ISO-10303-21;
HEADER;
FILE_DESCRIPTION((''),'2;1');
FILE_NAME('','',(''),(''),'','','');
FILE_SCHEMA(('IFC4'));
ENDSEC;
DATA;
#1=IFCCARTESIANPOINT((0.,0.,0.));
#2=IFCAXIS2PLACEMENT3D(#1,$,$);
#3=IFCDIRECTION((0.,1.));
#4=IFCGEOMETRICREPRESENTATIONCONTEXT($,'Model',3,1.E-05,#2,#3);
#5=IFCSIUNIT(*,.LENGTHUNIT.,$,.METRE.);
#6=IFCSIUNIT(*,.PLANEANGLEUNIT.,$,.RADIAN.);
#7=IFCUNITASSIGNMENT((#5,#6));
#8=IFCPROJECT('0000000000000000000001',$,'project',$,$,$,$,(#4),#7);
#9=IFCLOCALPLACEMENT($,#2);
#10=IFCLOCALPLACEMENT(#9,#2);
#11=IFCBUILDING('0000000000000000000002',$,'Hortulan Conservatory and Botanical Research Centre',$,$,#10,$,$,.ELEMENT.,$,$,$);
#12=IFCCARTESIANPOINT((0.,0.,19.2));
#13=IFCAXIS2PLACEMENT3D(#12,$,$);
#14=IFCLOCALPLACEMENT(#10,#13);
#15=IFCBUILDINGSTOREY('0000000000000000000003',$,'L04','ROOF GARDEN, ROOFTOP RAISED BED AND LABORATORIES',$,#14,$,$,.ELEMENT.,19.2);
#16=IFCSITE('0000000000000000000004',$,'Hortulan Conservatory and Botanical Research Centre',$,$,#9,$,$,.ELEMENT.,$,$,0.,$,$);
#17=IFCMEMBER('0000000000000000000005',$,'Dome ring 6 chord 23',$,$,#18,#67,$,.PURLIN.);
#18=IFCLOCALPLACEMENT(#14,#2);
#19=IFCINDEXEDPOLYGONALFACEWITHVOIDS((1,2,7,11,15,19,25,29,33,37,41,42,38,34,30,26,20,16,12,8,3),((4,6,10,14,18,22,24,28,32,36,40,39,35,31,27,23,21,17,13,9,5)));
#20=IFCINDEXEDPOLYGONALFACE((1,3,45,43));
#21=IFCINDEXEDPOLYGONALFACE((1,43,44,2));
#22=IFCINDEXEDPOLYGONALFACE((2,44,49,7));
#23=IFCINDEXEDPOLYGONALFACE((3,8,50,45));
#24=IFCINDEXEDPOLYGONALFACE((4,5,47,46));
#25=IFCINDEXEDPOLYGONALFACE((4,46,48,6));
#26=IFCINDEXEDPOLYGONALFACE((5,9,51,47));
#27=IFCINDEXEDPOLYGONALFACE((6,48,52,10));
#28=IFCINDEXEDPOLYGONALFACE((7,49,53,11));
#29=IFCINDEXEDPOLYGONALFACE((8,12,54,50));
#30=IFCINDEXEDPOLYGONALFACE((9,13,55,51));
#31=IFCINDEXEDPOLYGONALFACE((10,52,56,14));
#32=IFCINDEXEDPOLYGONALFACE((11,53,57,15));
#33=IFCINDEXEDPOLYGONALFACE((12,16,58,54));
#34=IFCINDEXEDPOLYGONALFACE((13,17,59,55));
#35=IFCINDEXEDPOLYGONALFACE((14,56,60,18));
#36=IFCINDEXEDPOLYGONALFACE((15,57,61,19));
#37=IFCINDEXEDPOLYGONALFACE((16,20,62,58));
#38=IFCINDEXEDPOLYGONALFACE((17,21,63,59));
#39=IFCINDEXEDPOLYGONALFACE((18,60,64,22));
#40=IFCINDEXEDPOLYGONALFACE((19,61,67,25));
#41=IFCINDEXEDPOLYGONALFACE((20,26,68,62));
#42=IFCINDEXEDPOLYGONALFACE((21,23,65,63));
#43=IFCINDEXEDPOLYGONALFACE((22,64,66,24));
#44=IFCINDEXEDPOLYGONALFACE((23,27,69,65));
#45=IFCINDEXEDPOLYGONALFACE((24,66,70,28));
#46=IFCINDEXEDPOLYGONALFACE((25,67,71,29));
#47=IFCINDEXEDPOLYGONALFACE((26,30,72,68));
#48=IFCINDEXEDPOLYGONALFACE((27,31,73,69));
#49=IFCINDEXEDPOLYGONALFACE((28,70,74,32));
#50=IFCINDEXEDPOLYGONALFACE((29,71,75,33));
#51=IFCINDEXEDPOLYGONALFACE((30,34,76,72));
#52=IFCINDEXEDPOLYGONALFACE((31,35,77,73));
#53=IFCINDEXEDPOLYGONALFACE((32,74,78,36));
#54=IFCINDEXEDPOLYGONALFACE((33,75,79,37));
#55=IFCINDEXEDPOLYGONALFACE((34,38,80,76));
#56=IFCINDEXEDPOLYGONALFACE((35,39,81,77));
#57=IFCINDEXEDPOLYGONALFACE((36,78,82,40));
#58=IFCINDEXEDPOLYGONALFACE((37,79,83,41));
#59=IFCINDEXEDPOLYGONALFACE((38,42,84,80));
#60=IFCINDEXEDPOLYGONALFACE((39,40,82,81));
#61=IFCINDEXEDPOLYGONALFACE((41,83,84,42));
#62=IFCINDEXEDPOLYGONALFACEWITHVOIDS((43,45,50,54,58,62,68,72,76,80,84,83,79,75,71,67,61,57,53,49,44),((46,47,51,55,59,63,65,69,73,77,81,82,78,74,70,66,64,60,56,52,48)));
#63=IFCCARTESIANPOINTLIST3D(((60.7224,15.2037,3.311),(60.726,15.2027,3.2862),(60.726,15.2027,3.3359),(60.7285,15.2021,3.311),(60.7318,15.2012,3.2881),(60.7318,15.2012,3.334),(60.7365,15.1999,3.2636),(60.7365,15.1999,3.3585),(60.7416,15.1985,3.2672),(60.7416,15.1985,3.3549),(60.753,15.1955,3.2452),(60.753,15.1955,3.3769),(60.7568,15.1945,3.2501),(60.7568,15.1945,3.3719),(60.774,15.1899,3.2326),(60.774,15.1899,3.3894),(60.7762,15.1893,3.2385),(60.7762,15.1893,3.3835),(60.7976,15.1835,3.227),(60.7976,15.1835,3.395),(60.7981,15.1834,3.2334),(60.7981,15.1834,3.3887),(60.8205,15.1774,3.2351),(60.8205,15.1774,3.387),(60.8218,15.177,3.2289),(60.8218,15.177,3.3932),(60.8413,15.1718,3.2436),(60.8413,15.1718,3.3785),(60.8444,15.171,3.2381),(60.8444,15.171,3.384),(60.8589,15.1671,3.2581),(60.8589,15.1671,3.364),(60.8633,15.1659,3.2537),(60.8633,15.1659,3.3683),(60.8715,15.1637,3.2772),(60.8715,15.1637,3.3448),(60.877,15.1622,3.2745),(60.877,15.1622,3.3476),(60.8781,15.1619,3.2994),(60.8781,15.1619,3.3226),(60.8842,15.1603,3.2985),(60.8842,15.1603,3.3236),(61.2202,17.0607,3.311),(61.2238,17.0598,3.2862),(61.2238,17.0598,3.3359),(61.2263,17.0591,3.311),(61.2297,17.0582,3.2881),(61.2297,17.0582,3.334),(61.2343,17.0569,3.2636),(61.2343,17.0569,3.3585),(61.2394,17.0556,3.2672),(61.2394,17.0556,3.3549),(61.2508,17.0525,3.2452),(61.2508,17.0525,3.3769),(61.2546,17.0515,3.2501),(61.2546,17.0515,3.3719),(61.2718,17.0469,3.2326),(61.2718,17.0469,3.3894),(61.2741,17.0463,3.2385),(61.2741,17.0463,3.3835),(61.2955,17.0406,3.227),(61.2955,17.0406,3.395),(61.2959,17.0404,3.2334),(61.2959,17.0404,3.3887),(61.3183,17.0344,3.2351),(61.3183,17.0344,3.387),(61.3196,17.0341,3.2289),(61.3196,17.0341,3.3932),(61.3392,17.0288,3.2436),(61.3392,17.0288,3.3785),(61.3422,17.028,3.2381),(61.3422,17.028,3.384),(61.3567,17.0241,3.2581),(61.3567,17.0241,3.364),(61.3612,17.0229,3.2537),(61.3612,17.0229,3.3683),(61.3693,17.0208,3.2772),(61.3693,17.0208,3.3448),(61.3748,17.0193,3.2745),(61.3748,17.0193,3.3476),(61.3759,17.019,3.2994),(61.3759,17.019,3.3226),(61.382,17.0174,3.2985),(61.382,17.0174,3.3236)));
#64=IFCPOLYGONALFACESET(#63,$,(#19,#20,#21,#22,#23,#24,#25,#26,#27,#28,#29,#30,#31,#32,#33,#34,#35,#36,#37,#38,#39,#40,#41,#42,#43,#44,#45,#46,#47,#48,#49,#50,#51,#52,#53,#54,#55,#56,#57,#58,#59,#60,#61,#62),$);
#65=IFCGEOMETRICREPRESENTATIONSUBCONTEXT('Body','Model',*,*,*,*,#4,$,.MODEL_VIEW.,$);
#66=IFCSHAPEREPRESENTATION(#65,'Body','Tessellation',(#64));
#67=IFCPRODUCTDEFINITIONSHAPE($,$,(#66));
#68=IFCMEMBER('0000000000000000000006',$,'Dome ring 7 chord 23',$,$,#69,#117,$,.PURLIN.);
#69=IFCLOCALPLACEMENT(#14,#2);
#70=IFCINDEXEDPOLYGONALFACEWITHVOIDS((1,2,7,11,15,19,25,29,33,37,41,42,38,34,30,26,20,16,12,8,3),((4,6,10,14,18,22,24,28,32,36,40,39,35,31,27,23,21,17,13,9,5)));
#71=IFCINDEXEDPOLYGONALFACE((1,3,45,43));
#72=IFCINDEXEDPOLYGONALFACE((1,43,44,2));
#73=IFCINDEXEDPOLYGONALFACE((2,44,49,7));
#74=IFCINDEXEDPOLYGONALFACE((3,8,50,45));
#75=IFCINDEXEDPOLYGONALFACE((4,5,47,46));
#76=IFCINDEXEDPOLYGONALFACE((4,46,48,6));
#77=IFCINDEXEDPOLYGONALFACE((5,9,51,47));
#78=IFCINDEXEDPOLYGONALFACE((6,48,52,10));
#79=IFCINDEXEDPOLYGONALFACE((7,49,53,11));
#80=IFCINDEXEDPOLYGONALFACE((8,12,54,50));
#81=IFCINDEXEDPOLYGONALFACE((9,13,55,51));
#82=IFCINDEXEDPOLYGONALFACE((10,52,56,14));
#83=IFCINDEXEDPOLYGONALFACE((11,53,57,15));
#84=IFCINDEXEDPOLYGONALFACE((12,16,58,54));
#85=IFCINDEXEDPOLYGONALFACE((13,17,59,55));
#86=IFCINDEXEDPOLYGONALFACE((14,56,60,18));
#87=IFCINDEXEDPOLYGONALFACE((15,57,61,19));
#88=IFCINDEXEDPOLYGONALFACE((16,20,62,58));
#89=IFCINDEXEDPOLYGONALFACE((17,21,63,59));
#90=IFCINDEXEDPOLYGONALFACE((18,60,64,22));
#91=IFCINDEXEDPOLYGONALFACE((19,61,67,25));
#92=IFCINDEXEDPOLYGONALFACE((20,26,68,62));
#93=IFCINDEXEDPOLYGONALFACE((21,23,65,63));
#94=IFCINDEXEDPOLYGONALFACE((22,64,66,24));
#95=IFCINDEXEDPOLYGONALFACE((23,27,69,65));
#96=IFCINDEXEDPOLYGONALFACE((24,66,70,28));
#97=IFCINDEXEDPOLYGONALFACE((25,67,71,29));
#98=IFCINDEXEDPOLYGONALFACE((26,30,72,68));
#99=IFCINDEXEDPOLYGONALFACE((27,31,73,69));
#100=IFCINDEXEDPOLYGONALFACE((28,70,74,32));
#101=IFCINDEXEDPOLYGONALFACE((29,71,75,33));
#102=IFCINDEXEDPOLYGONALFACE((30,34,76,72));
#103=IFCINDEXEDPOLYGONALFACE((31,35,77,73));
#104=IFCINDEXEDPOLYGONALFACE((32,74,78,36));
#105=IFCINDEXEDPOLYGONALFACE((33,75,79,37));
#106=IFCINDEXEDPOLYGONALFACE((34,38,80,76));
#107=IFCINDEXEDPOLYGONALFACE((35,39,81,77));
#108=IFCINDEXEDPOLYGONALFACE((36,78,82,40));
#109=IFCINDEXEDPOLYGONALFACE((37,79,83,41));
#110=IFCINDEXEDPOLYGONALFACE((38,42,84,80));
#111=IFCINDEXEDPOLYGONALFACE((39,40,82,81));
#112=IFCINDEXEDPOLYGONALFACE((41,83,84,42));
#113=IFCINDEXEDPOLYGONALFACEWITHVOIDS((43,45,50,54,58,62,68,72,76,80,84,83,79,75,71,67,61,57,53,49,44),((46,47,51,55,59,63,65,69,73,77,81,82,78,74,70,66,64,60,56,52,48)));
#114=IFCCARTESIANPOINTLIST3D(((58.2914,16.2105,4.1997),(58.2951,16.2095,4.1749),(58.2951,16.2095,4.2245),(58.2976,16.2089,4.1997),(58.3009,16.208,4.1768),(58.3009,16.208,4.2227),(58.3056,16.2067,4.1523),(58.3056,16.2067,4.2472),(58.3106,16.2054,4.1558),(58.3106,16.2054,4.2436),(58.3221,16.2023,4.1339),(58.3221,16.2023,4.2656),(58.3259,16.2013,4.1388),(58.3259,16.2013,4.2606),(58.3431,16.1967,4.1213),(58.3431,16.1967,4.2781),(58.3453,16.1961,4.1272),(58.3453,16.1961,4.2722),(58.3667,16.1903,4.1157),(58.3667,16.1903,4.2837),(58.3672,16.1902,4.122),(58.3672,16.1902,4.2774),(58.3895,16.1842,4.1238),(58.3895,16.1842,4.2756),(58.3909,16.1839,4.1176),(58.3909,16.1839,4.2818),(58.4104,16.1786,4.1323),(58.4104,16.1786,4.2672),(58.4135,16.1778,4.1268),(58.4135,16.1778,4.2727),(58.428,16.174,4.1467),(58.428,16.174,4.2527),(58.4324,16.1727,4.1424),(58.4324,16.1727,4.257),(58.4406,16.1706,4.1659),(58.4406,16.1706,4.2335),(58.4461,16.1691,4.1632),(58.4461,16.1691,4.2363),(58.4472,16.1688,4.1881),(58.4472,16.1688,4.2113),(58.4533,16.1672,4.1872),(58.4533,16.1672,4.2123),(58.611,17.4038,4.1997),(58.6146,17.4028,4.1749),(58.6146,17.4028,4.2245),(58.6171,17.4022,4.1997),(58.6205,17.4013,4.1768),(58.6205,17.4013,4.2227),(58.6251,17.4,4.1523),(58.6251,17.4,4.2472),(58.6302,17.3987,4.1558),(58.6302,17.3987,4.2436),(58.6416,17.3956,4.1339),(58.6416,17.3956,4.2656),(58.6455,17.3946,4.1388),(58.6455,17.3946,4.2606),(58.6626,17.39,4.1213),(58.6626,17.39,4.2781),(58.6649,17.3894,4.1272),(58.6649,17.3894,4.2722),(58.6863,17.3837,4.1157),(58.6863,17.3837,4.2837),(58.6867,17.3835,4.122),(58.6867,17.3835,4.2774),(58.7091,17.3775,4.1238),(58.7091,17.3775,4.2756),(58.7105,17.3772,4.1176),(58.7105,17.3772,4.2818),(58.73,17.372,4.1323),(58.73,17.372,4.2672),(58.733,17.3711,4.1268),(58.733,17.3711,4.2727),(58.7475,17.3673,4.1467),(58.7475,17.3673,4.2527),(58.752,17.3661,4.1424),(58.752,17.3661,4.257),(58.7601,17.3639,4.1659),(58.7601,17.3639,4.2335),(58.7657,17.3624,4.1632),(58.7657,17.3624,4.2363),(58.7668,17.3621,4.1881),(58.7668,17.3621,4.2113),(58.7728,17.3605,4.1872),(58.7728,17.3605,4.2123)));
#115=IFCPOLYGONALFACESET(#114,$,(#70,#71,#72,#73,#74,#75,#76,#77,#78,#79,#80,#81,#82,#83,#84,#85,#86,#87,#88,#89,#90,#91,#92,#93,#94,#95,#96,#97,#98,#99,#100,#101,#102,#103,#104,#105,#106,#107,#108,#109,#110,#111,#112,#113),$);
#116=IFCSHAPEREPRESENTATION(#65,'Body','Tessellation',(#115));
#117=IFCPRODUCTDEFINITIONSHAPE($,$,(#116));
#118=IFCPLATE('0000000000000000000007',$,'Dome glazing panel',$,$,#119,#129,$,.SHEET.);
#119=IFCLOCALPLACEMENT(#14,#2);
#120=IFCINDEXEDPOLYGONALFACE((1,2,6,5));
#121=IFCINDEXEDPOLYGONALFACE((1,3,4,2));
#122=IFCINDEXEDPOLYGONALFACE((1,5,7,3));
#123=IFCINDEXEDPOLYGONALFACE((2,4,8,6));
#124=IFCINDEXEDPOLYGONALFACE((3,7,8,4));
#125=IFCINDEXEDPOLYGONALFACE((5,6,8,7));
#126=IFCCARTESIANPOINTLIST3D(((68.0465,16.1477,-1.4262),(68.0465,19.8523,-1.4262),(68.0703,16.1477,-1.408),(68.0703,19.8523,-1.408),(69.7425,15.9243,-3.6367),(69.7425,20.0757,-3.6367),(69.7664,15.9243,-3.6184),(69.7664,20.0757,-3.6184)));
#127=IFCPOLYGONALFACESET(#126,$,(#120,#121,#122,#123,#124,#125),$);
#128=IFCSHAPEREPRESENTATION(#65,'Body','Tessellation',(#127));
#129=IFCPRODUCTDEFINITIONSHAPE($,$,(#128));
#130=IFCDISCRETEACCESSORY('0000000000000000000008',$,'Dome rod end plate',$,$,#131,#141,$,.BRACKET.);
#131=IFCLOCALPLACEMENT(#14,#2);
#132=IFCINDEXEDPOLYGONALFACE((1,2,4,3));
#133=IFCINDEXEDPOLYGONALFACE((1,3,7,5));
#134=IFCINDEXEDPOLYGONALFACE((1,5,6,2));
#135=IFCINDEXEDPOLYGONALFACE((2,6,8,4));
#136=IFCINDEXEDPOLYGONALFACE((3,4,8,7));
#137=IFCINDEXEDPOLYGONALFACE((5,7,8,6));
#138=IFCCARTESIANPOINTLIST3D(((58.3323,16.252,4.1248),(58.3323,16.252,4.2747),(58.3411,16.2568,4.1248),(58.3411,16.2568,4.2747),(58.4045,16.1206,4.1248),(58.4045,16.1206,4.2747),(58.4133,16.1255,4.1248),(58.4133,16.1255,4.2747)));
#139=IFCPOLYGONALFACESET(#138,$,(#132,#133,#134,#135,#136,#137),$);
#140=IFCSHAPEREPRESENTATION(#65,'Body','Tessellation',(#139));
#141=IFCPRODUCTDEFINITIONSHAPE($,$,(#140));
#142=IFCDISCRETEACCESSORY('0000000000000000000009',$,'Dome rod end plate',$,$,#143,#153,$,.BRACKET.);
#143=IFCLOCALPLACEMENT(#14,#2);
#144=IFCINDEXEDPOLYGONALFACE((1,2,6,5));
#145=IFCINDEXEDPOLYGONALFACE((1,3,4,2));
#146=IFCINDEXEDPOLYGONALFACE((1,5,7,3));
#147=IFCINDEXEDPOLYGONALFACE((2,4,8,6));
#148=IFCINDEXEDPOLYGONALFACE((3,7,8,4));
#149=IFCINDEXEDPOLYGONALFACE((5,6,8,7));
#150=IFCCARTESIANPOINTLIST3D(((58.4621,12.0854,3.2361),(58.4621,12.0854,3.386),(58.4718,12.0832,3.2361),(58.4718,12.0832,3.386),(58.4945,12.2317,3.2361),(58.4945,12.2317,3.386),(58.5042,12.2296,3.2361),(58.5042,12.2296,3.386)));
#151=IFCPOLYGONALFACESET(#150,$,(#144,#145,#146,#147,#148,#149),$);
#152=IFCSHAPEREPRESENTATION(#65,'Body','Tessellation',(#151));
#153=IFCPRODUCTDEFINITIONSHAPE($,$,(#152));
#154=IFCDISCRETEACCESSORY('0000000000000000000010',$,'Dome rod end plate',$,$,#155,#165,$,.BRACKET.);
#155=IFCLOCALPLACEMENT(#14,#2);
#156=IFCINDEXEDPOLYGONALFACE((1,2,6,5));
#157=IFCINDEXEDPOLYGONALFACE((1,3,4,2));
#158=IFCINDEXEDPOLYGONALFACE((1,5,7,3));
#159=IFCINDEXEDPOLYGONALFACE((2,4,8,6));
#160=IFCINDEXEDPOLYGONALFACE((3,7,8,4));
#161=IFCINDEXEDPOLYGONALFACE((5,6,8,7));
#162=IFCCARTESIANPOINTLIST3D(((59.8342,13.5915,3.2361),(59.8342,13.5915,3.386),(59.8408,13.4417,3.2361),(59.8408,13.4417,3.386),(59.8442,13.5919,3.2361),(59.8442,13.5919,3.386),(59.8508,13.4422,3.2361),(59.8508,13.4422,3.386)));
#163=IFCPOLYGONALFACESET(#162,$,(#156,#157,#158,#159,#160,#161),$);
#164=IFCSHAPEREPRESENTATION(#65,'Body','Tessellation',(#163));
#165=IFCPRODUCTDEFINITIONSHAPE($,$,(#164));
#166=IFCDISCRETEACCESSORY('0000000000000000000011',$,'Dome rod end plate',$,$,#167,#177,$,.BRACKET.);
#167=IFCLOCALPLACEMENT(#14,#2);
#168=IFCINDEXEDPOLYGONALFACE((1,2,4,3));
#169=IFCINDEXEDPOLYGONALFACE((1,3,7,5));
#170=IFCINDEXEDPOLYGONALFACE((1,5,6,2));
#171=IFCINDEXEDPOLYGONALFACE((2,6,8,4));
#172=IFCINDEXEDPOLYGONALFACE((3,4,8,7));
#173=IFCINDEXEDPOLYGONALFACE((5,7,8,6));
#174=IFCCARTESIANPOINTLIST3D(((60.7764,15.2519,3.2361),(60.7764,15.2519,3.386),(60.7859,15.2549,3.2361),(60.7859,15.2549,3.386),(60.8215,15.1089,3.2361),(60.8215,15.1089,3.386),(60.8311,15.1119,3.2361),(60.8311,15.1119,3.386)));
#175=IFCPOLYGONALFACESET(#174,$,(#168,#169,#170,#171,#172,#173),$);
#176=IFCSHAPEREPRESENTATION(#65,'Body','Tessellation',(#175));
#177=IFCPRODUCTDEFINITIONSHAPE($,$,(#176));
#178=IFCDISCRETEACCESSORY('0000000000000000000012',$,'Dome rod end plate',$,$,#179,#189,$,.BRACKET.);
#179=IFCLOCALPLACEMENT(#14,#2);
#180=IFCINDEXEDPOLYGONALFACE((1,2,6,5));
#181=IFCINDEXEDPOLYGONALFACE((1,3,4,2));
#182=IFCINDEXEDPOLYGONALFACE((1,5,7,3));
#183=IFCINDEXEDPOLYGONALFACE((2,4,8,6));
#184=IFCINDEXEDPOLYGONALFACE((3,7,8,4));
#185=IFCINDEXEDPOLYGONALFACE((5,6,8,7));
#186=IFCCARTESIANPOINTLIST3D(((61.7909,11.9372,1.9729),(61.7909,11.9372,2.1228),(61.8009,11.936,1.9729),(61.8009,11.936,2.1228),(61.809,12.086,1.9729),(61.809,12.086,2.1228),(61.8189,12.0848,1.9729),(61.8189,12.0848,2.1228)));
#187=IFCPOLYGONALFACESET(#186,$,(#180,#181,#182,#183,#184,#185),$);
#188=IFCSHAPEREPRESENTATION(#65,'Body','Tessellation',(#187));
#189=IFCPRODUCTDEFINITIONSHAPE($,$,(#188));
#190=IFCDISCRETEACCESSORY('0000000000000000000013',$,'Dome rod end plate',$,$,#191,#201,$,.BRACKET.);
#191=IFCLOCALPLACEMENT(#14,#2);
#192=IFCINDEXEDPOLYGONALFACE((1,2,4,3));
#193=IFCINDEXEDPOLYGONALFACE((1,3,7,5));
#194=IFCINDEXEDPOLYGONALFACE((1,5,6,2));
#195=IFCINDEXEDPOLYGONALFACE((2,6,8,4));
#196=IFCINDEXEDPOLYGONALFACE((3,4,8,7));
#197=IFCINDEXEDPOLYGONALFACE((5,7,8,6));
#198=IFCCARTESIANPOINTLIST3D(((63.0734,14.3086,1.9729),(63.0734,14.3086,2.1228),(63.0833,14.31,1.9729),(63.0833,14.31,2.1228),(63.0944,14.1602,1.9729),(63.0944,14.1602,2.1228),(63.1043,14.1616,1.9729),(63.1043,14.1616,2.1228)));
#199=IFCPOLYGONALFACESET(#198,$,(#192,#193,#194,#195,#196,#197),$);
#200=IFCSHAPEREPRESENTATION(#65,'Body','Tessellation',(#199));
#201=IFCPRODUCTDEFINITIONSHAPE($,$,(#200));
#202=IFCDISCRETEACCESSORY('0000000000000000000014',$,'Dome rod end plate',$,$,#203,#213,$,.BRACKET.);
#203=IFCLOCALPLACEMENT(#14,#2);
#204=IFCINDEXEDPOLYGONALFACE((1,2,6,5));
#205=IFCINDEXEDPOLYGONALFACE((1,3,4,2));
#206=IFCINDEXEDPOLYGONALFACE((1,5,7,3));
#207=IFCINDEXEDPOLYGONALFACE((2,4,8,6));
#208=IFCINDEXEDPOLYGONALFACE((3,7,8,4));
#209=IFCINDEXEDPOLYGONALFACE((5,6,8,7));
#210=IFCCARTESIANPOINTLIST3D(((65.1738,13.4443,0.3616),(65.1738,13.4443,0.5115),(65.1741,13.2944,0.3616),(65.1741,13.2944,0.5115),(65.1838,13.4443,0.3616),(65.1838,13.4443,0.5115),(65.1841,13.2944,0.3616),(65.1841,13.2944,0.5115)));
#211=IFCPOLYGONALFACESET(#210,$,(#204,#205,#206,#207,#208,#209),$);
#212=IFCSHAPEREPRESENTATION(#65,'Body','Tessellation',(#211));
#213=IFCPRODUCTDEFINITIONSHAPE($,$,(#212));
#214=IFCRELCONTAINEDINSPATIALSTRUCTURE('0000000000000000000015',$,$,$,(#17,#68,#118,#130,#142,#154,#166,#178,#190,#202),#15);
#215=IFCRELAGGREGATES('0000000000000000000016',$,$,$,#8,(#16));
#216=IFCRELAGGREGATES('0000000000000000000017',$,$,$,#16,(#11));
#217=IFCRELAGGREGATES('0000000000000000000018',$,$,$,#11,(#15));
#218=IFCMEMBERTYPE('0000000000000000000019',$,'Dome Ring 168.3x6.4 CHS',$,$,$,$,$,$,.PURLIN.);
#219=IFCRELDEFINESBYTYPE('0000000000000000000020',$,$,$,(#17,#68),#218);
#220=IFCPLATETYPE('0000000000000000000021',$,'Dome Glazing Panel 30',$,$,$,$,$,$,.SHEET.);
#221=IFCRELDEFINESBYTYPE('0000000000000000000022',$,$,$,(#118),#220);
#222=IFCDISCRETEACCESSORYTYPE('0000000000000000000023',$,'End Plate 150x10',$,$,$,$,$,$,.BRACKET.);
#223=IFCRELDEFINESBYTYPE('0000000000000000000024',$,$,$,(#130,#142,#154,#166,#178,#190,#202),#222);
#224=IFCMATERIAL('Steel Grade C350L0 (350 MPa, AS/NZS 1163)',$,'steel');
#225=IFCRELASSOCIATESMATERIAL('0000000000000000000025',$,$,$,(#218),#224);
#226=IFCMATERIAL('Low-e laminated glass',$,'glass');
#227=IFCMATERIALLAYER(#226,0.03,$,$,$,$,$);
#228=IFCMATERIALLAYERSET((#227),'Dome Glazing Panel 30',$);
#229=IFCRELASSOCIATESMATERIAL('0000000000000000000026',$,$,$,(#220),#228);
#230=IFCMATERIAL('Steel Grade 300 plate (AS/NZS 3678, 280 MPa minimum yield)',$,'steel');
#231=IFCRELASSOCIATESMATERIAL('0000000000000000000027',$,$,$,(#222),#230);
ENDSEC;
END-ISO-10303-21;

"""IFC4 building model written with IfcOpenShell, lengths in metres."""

from ifc_helpers import new_model, si_unit, direction, frame, origin, origin_2d, place, context, subcontext, project, spatial, polyline, rectangle, hollow_circle, outline, extrude, material, layer, layer_set, material_profile, profile_set, type_object, element, save


model = new_model("IFC4")

# Units and contexts
model_context = context("Model", 3, precision=1e-05, world=origin(), true_north=direction((0.0, 1.0)))
body_context = subcontext(model_context, "Body", "Model", "MODEL_VIEW")
ifc_project = project(units=[si_unit("LENGTHUNIT", "METRE"), si_unit("PLANEANGLEUNIT", "RADIAN")], contexts=[model_context])

# Site, building, storey
site_placement = place(None, origin())
site = spatial("IfcSite", under=ifc_project, at=site_placement, Name="Hortulan Conservatory and Botanical Research Centre", CompositionType="ELEMENT", RefElevation=0.0)
building_placement = place(site_placement, origin())
building = spatial("IfcBuilding", under=site, at=building_placement, Name="Hortulan Conservatory and Botanical Research Centre", CompositionType="ELEMENT")
storey_placement = place(building_placement, frame((0.0, 0.0, 19.2)))
storey = spatial("IfcBuildingStorey", under=building, at=storey_placement, Name="L04", Description="ROOF GARDEN, ROOFTOP RAISED BED AND LABORATORIES", CompositionType="ELEMENT", Elevation=19.2)

# Shared definitions
ifc_material_1 = material(Name="Steel Grade C350L0 (350 MPa, AS/NZS 1163)", Category="steel")

# Members
ifc_material_profile_1 = material_profile(ifc_material_1, hollow_circle(Radius=0.0842, WallThickness=0.0063, at=origin_2d()), Name="168.3x6.4CHS")
ifc_profile_set_1 = profile_set([ifc_material_profile_1], Name="Steel Grade C350L0 (350 MPa, AS/NZS 1163)")
member_type_1 = type_object("IfcMemberType", Name="Dome Ring 168.3x6.4 CHS", PredefinedType="PURLIN", material=ifc_profile_set_1)
for number, where, z_axis, x_axis, name in (
    (1, (60.8037, 15.1819, 3.311), (0.258935, 0.965895, 0.0), (-0.965895, 0.258935, 0.0), "Dome ring 6 chord 23"),
):
    element("IfcMember", number, at=place(storey_placement, frame(where, z_axis=z_axis, x_axis=x_axis)), inside=storey, type_object=member_type_1, Name=name, PredefinedType="PURLIN", context=body_context, shape_type="SweptSolid", body=[
        extrude(hollow_circle(Radius=0.0842, WallThickness=0.0063, at=origin_2d()), origin(), (0.0, 0.0, 1.0), 1.9226),
    ])
member_1_placement = place(storey_placement, frame((58.3728, 16.1887, 4.1997), z_axis=(0.258683, 0.965962, 0.0), x_axis=(-0.965962, 0.258683, 0.0)))
element("IfcMember", 2, at=member_1_placement, inside=storey, type_object=member_type_1, Name="Dome ring 7 chord 23", PredefinedType="PURLIN", context=body_context, shape_type="SweptSolid", body=[
    extrude(hollow_circle(Radius=0.0842, WallThickness=0.0063, at=origin_2d()), origin(), (0.0, 0.0, 1.0), 1.2354),
])

# Plate
ifc_material_2 = material(Name="Low-e laminated glass", Category="glass")
ifc_layer = layer(ifc_material_2, 0.03)
ifc_layer_set = layer_set([ifc_layer], Name="Dome Glazing Panel 30")
plate_type = type_object("IfcPlateType", Name="Dome Glazing Panel 30", PredefinedType="SHEET", material=ifc_layer_set)
plate_placement = place(storey_placement, frame((69.7664, 15.9243, -3.6184), z_axis=(0.793369, 0.0, 0.608741), x_axis=(0.0, 1.0, 0.0)))
element("IfcPlate", 3, at=plate_placement, inside=storey, type_object=plate_type, Name="Dome glazing panel", PredefinedType="SHEET", context=body_context, shape_type="SweptSolid", body=[
    extrude(outline(polyline([(0.0, 0.0), (4.1514, 0.0), (3.928, 2.7862), (0.2234, 2.7862), (0.0, 0.0)])), origin(), (0.0, 0.0, -1.0), 0.03),
])

# Discrete accessories
ifc_material_3 = material(Name="Steel Grade 300 plate (AS/NZS 3678, 280 MPa minimum yield)", Category="steel")
discrete_accessory_type = type_object("IfcDiscreteAccessoryType", Name="End Plate 150x10", PredefinedType="BRACKET", material=ifc_material_3)
for number, where, z_axis, x_axis, name in (
    (4, (58.3728, 16.1887, 4.1248), (0.0, 0.0, 1.0), (0.481998, -0.876172, 0.0), "Dome rod end plate"),
    (5, (58.4832, 12.1575, 3.2361), (0.0, 0.0, 1.0), (0.216065, 0.976379, 0.0), "Dome rod end plate"),
    (6, (59.8425, 13.5168, 3.2361), (0.0, 0.0, 1.0), (0.044003, -0.999031, 0.0), "Dome rod end plate"),
    (7, (60.8037, 15.1819, 3.2361), (0.0, 0.0, 1.0), (0.301089, -0.953596, 0.0), "Dome rod end plate"),
    (8, (61.8049, 12.011, 1.9729), (0.0, 0.0, 1.0), (0.120674, 0.992692, 0.0), "Dome rod end plate"),
    (9, (63.0889, 14.2351, 1.9729), (0.0, 0.0, 1.0), (0.140417, -0.990092, 0.0), "Dome rod end plate"),
    (10, (65.179, 13.3694, 0.3616), (0.0, 0.0, 1.0), (0.002374, -0.999997, 0.0), "Dome rod end plate"),
):
    element("IfcDiscreteAccessory", number, at=place(storey_placement, frame(where, z_axis=z_axis, x_axis=x_axis)), inside=storey, type_object=discrete_accessory_type, Name=name, PredefinedType="BRACKET", context=body_context, shape_type="SweptSolid", body=[
        extrude(rectangle(XDim=0.1499, YDim=0.01, at=origin_2d()), origin(), (0.0, 0.0, 1.0), 0.1499),
    ])

save(model, "model.ifc")
